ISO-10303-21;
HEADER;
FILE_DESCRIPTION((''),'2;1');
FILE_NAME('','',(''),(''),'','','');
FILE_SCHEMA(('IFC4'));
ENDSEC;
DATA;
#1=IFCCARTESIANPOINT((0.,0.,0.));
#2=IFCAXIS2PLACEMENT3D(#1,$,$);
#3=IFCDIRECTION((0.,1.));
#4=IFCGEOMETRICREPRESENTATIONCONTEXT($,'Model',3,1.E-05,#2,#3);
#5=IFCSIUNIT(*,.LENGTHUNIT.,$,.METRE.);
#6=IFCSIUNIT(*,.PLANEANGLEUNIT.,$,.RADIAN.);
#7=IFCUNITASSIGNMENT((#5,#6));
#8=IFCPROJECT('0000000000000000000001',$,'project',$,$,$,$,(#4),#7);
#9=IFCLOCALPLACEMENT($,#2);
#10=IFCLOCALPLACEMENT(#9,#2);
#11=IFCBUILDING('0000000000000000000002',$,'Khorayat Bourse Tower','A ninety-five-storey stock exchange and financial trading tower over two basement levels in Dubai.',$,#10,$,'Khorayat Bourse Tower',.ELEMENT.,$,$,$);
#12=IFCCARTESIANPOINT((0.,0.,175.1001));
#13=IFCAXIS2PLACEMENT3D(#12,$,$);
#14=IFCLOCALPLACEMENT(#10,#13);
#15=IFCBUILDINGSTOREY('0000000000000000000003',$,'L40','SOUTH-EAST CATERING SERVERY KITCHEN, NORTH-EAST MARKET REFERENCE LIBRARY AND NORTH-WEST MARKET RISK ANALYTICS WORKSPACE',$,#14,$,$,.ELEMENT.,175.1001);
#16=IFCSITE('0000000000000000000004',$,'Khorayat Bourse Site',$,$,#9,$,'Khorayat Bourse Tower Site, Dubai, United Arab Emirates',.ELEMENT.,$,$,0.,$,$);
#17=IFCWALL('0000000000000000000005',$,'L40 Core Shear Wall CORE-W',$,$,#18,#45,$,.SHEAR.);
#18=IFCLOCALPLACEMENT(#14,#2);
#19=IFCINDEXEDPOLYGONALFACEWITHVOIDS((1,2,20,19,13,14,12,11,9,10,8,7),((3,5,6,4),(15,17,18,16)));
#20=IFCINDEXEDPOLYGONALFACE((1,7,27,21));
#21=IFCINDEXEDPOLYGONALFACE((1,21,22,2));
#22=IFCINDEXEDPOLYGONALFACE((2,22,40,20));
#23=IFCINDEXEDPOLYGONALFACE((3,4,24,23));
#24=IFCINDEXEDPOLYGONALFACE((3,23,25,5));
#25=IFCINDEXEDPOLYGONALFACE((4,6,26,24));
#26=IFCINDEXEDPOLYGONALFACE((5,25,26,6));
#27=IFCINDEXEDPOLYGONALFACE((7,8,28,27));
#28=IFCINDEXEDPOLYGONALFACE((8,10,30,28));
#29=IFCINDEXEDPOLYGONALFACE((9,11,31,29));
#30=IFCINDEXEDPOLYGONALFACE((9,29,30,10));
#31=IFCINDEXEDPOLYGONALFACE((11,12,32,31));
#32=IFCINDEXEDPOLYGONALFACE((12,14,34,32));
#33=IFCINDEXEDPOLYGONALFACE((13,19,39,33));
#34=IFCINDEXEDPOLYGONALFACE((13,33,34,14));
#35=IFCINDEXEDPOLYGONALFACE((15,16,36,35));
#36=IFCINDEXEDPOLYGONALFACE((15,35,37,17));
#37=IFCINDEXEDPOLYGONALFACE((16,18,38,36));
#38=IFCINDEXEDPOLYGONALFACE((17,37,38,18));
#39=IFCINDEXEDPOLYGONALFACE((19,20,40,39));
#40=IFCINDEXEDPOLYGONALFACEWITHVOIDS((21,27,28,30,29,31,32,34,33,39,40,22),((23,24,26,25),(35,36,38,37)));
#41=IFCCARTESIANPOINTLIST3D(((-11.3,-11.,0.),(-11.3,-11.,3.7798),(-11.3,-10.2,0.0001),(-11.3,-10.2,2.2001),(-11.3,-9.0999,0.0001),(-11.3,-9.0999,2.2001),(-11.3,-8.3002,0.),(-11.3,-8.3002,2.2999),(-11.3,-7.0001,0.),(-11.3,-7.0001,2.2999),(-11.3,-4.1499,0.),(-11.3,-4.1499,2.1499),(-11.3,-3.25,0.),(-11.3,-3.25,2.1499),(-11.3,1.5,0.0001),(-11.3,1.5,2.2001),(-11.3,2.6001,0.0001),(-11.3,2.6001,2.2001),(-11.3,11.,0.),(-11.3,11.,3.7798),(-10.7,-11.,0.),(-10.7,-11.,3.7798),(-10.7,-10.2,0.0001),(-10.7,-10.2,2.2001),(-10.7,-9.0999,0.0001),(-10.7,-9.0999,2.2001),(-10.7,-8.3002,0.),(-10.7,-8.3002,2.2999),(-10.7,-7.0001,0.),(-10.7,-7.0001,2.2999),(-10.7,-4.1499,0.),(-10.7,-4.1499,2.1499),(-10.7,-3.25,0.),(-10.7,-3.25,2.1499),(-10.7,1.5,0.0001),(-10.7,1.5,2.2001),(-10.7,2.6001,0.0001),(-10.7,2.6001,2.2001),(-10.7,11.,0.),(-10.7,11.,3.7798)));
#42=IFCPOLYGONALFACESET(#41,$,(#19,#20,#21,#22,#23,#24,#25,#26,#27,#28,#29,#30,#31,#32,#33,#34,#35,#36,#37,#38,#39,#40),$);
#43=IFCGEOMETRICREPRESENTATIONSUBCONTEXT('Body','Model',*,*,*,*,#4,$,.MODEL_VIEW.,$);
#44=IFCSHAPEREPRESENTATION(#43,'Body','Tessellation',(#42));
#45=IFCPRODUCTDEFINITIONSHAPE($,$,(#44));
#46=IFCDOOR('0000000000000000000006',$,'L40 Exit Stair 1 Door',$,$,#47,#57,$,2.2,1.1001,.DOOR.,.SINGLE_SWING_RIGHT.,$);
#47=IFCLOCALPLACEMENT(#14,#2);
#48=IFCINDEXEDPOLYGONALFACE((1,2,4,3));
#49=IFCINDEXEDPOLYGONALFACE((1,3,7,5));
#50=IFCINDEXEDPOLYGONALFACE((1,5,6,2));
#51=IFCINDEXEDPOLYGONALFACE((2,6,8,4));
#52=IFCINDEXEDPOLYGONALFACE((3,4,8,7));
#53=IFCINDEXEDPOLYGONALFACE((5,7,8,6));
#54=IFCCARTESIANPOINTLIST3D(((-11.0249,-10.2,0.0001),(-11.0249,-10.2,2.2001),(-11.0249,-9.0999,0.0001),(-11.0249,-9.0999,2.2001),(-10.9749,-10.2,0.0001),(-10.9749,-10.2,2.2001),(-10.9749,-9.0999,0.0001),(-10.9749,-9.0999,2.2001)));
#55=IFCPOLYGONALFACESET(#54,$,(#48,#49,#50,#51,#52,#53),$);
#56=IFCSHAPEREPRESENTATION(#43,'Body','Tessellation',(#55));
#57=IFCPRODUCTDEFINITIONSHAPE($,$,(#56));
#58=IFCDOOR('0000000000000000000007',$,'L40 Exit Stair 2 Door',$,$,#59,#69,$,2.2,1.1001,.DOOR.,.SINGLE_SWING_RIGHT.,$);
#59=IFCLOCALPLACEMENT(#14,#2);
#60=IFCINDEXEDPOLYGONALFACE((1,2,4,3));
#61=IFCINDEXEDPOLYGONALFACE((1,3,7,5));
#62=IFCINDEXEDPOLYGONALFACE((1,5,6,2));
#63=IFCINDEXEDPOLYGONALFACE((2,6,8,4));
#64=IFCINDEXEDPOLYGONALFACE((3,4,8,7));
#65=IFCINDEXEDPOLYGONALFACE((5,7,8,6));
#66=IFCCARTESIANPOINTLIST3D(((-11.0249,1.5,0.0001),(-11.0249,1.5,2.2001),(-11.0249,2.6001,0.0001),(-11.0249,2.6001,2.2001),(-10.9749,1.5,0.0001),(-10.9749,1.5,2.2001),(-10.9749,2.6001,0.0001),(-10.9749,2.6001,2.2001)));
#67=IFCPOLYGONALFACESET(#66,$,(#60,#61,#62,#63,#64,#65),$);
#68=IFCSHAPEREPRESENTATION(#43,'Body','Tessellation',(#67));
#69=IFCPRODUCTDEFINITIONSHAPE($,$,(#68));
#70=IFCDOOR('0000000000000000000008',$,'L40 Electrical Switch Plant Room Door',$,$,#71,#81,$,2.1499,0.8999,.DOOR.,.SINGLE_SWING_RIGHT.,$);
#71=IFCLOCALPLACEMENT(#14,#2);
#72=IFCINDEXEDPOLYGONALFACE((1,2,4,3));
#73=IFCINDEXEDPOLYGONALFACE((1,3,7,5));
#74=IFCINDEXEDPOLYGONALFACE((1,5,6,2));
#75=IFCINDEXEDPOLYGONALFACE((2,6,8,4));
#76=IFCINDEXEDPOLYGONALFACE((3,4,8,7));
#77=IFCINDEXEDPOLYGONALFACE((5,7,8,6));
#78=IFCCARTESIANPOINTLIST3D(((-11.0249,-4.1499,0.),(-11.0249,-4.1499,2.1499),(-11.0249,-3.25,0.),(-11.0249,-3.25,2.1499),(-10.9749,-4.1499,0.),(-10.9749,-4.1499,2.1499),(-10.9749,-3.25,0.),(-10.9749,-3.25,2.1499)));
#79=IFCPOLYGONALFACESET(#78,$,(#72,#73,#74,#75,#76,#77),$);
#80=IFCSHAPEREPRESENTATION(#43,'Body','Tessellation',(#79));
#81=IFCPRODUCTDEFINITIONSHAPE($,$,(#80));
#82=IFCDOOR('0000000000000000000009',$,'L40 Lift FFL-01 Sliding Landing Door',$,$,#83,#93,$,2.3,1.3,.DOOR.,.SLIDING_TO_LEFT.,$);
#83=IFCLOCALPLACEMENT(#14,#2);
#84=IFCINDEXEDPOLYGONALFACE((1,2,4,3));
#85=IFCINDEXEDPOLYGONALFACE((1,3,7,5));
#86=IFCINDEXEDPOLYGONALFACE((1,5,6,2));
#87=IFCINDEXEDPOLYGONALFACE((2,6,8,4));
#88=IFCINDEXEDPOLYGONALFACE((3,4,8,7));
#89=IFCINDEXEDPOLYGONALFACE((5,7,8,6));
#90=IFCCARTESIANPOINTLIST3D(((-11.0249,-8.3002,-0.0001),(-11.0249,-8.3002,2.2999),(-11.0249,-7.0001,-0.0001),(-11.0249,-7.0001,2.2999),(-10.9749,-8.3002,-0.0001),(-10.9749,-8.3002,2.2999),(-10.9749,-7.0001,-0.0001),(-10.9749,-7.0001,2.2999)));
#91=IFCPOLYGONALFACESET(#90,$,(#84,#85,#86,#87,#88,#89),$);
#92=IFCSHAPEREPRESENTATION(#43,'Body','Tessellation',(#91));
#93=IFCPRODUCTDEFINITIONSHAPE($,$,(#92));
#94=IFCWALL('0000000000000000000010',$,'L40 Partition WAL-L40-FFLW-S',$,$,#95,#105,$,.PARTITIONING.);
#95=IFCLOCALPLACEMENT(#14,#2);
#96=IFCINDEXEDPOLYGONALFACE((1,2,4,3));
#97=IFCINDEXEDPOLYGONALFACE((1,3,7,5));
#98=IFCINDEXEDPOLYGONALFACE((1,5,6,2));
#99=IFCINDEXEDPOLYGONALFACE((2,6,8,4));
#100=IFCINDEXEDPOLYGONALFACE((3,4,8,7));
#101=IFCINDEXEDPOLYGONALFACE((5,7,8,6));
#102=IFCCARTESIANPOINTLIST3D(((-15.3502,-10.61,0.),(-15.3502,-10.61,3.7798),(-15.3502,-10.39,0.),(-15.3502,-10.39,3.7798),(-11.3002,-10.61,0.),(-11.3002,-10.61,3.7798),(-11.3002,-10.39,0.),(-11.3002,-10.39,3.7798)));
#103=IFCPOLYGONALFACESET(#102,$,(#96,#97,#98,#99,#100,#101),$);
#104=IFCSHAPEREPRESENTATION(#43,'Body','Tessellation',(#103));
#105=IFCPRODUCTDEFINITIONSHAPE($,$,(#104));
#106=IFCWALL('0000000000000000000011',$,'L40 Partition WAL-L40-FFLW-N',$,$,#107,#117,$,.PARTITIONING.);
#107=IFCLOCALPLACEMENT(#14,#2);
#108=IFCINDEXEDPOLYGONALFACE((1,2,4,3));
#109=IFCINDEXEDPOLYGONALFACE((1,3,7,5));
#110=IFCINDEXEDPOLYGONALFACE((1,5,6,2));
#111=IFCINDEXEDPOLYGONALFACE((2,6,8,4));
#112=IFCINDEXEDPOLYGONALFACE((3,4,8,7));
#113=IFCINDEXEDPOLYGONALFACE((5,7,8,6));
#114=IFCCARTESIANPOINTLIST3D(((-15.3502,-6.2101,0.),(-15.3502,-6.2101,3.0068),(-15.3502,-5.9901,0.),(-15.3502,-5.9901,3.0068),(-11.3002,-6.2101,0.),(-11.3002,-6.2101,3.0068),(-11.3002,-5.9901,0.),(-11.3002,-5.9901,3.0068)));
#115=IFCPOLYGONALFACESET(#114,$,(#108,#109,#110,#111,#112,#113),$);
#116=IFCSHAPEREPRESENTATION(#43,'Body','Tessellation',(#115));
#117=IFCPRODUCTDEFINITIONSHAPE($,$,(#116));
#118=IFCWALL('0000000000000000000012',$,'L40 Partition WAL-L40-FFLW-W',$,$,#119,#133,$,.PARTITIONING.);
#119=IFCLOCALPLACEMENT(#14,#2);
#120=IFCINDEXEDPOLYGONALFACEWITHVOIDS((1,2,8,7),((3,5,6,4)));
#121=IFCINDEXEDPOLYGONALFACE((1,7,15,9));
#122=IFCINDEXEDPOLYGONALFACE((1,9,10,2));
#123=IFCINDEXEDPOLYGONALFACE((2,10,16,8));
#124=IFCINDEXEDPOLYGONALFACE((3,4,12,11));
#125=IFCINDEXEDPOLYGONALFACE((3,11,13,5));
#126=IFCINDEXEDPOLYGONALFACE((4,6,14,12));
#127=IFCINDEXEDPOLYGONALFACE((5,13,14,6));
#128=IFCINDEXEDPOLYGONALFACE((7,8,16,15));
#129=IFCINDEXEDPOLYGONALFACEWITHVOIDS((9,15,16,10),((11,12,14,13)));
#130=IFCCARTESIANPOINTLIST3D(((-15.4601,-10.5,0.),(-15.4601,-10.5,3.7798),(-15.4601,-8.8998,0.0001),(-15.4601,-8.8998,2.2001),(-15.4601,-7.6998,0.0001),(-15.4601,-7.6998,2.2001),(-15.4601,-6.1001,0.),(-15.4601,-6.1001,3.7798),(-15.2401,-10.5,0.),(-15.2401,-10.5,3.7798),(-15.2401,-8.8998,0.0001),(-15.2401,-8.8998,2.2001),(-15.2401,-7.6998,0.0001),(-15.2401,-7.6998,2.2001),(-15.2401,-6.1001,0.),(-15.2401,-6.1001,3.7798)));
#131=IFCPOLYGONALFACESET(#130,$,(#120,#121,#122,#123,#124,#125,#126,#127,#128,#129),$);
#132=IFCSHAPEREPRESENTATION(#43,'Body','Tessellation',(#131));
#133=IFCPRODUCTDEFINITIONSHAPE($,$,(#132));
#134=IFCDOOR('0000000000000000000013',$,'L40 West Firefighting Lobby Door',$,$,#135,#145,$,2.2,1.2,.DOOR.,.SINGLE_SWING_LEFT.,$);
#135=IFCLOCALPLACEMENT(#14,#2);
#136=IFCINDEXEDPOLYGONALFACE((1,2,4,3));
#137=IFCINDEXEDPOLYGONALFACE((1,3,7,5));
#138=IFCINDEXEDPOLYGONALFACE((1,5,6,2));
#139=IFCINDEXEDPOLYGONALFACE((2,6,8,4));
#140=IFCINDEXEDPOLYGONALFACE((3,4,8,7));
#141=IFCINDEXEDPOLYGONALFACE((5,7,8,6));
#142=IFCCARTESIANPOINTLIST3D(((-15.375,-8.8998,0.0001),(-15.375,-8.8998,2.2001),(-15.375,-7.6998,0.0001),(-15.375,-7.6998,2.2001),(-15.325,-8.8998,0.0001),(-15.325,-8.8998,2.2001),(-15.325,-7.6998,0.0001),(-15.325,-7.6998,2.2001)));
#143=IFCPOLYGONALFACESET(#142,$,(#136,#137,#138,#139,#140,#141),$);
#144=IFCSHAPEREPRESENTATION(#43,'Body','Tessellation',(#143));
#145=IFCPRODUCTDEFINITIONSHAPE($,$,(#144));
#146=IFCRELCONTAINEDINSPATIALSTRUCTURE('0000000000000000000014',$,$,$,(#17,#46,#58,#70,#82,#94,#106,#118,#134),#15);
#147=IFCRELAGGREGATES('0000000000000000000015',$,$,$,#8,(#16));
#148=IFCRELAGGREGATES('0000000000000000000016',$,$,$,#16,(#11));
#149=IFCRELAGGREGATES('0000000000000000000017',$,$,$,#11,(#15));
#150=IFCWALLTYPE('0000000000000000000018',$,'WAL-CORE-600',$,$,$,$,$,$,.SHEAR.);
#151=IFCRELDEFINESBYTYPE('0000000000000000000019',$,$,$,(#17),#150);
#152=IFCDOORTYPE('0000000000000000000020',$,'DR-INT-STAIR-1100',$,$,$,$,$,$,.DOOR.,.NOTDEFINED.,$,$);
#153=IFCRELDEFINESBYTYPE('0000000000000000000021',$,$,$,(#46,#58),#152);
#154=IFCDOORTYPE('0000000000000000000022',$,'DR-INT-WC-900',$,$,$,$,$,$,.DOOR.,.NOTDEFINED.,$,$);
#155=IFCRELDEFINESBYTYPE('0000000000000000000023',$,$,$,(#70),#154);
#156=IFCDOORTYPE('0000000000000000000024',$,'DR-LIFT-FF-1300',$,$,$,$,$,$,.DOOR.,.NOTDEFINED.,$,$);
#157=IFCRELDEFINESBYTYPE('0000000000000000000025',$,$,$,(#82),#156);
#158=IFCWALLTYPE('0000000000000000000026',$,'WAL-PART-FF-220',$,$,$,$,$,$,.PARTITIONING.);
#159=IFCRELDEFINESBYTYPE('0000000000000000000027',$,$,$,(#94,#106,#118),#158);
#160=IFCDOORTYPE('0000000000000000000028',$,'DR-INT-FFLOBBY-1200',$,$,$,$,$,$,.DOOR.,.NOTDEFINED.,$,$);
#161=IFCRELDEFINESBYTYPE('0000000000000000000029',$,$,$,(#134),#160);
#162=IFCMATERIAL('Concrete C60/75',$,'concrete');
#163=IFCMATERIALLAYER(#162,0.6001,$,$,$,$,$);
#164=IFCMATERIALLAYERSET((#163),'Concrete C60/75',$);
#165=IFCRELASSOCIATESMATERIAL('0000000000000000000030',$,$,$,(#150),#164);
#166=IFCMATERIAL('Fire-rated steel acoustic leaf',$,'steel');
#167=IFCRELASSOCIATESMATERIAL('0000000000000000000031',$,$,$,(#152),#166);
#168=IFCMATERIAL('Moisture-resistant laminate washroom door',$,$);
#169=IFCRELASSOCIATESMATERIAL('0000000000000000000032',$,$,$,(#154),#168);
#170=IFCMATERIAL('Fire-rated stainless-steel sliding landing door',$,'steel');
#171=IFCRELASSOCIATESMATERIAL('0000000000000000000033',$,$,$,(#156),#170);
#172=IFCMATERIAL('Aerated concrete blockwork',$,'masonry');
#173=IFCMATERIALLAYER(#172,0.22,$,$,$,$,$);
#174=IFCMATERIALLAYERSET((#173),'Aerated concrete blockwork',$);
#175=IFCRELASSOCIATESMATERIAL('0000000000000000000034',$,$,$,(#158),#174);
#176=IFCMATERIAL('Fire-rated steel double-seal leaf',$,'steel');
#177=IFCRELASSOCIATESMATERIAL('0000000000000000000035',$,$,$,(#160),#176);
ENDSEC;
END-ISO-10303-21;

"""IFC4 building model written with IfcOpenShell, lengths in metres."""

from ifc_helpers import new_model, si_unit, direction, frame, frame_2d, origin, place, context, subcontext, project, spatial, rectangle, extrude, source, transform, mapped, material, layer, layer_set, type_object, element, fill, save


model = new_model("IFC4")

# Units and contexts
model_context = context("Model", 3, precision=1e-05, world=origin(), true_north=direction((0.0, 1.0)))
body_context = subcontext(model_context, "Body", "Model", "MODEL_VIEW")
ifc_project = project(units=[si_unit("LENGTHUNIT", "METRE"), si_unit("PLANEANGLEUNIT", "RADIAN")], contexts=[model_context])

# Site, building, storey
site_placement = place(None, origin())
site = spatial("IfcSite", under=ifc_project, at=site_placement, Name="Khorayat Bourse Site", LongName="Khorayat Bourse Tower Site, Dubai, United Arab Emirates", CompositionType="ELEMENT", RefElevation=0.0)
building_placement = place(site_placement, origin())
building = spatial("IfcBuilding", under=site, at=building_placement, Name="Khorayat Bourse Tower", Description="A ninety-five-storey stock exchange and financial trading tower over two basement levels in Dubai.", LongName="Khorayat Bourse Tower", CompositionType="ELEMENT")
storey_placement = place(building_placement, frame((0.0, 0.0, 175.1001)))
storey = spatial("IfcBuildingStorey", under=building, at=storey_placement, Name="L40", Description="SOUTH-EAST CATERING SERVERY KITCHEN, NORTH-EAST MARKET REFERENCE LIBRARY AND NORTH-WEST MARKET RISK ANALYTICS WORKSPACE", CompositionType="ELEMENT", Elevation=175.1001)

# Shared definitions
ifc_material_1 = material(Name="Concrete C60/75", Category="concrete")

# Wall, openings, doors
ifc_layer_1 = layer(ifc_material_1, 0.6001)
ifc_layer_set_1 = layer_set([ifc_layer_1], Name="Concrete C60/75")
wall_type_1 = type_object("IfcWallType", Name="WAL-CORE-600", PredefinedType="SHEAR", material=ifc_layer_set_1)
shared_shape_1 = source(origin(), body_context, "Body", "SweptSolid", [
    extrude(rectangle(XDim=22.0, YDim=0.6001, at=frame_2d((11.0, 0.0))), origin(), (0.0, 0.0, 1.0), 3.7798),
])
wall_1_placement = place(storey_placement, frame((-11.0, -11.0, 0.0), z_axis=(0.0, 0.0, 1.0), x_axis=(0.0, 1.0, 0.0)))
wall_1 = element("IfcWall", 1, at=wall_1_placement, inside=storey, type_object=wall_type_1, Name="L40 Core Shear Wall CORE-W", PredefinedType="SHEAR", context=body_context, shape_type="MappedRepresentation", body=[
    mapped(shared_shape_1, transform((0.0, 0.0, 0.0), scale=1.0)),
])
shared_shape_2 = source(origin(), body_context, "Body", "SweptSolid", [
    extrude(rectangle(XDim=1.1001, YDim=2.2, at=frame_2d((0.55, 1.1001))), frame((0.0, 0.3101, 0.0), z_axis=(0.0, -1.0, 0.0), x_axis=(1.0, 0.0, 0.0)), (0.0, 0.0, 1.0), 0.6201),
])
opening_1_placement = place(wall_1_placement, frame((0.8, 0.0, 0.0)))
opening_1 = element("IfcOpeningElement", 2, at=opening_1_placement, cuts=wall_1, PredefinedType="OPENING", context=body_context, shape_type="MappedRepresentation", body=[
    mapped(shared_shape_2, transform((0.0, 0.0, 0.0), scale=1.0)),
])
opening_2_placement = place(wall_1_placement, frame((12.5, 0.0, 0.0)))
opening_2 = element("IfcOpeningElement", 3, at=opening_2_placement, cuts=wall_1, PredefinedType="OPENING", context=body_context, shape_type="MappedRepresentation", body=[
    mapped(shared_shape_2, transform((0.0, 0.0, 0.0), scale=1.0)),
])
shared_shape_3 = source(origin(), body_context, "Body", "SweptSolid", [
    extrude(rectangle(XDim=0.8999, YDim=2.1499, at=frame_2d((0.45, 1.075))), frame((0.0, 0.3101, 0.0), z_axis=(0.0, -1.0, 0.0), x_axis=(1.0, 0.0, 0.0)), (0.0, 0.0, 1.0), 0.6201),
])
opening_3_placement = place(wall_1_placement, frame((6.8501, 0.0, 0.0)))
opening_3 = element("IfcOpeningElement", 4, at=opening_3_placement, cuts=wall_1, PredefinedType="OPENING", context=body_context, shape_type="MappedRepresentation", body=[
    mapped(shared_shape_3, transform((0.0, 0.0, 0.0), scale=1.0)),
])
shared_shape_4 = source(origin(), body_context, "Body", "SweptSolid", [
    extrude(rectangle(XDim=1.3, YDim=2.3, at=frame_2d((0.6499, 1.1499))), frame((0.0, 0.3101, 0.0), z_axis=(0.0, -1.0, 0.0), x_axis=(1.0, 0.0, 0.0)), (0.0, 0.0, 1.0), 0.6201),
])
opening_4_placement = place(wall_1_placement, frame((2.7, 0.0, 0.0)))
opening_4 = element("IfcOpeningElement", 5, at=opening_4_placement, cuts=wall_1, PredefinedType="OPENING", context=body_context, shape_type="MappedRepresentation", body=[
    mapped(shared_shape_4, transform((0.0, 0.0, 0.0), scale=1.0)),
])
ifc_material_2 = material(Name="Fire-rated steel acoustic leaf", Category="steel")
door_type_1 = type_object("IfcDoorType", Name="DR-INT-STAIR-1100", OperationType="NOTDEFINED", PredefinedType="DOOR", material=ifc_material_2)
shared_shape_5 = source(origin(), body_context, "Body", "SweptSolid", [
    extrude(rectangle(XDim=1.1001, YDim=2.2, at=frame_2d((0.55, 1.1001))), frame((0.0, 0.0249, 0.0), z_axis=(0.0, -1.0, 0.0), x_axis=(1.0, 0.0, 0.0)), (0.0, 0.0, 1.0), 0.05),
])
door_1_placement = place(opening_1_placement, origin())
door_1 = element("IfcDoor", 6, at=door_1_placement, inside=storey, type_object=door_type_1, Name="L40 Exit Stair 1 Door", OperationType="SINGLE_SWING_RIGHT", OverallHeight=2.2, OverallWidth=1.1001, PredefinedType="DOOR", context=body_context, shape_type="MappedRepresentation", body=[
    mapped(shared_shape_5, transform((0.0, 0.0, 0.0), scale=1.0)),
])
fill(opening_1, door_1)
door_2_placement = place(opening_2_placement, origin())
door_2 = element("IfcDoor", 7, at=door_2_placement, inside=storey, type_object=door_type_1, Name="L40 Exit Stair 2 Door", OperationType="SINGLE_SWING_RIGHT", OverallHeight=2.2, OverallWidth=1.1001, PredefinedType="DOOR", context=body_context, shape_type="MappedRepresentation", body=[
    mapped(shared_shape_5, transform((0.0, 0.0, 0.0), scale=1.0)),
])
fill(opening_2, door_2)
ifc_material_3 = material(Name="Moisture-resistant laminate washroom door")
door_type_2 = type_object("IfcDoorType", Name="DR-INT-WC-900", OperationType="NOTDEFINED", PredefinedType="DOOR", material=ifc_material_3)
shared_shape_6 = source(origin(), body_context, "Body", "SweptSolid", [
    extrude(rectangle(XDim=0.8999, YDim=2.1499, at=frame_2d((0.45, 1.075))), frame((0.0, 0.0249, 0.0), z_axis=(0.0, -1.0, 0.0), x_axis=(1.0, 0.0, 0.0)), (0.0, 0.0, 1.0), 0.05),
])
door_3_placement = place(opening_3_placement, origin())
door_3 = element("IfcDoor", 8, at=door_3_placement, inside=storey, type_object=door_type_2, Name="L40 Electrical Switch Plant Room Door", OperationType="SINGLE_SWING_RIGHT", OverallHeight=2.1499, OverallWidth=0.8999, PredefinedType="DOOR", context=body_context, shape_type="MappedRepresentation", body=[
    mapped(shared_shape_6, transform((0.0, 0.0, 0.0), scale=1.0)),
])
fill(opening_3, door_3)
ifc_material_4 = material(Name="Fire-rated stainless-steel sliding landing door", Category="steel")
door_type_3 = type_object("IfcDoorType", Name="DR-LIFT-FF-1300", OperationType="NOTDEFINED", PredefinedType="DOOR", material=ifc_material_4)
shared_shape_7 = source(origin(), body_context, "Body", "SweptSolid", [
    extrude(rectangle(XDim=1.3, YDim=2.3, at=frame_2d((0.6499, 1.1499))), frame((0.0, 0.0249, 0.0), z_axis=(0.0, -1.0, 0.0), x_axis=(1.0, 0.0, 0.0)), (0.0, 0.0, 1.0), 0.05),
])
door_4_placement = place(opening_4_placement, origin())
door_4 = element("IfcDoor", 9, at=door_4_placement, inside=storey, type_object=door_type_3, Name="L40 Lift FFL-01 Sliding Landing Door", OperationType="SLIDING_TO_LEFT", OverallHeight=2.3, OverallWidth=1.3, PredefinedType="DOOR", context=body_context, shape_type="MappedRepresentation", body=[
    mapped(shared_shape_7, transform((0.0, 0.0, 0.0), scale=1.0)),
])
fill(opening_4, door_4)

# Walls
ifc_material_5 = material(Name="Aerated concrete blockwork", Category="masonry")
ifc_layer_2 = layer(ifc_material_5, 0.22)
ifc_layer_set_2 = layer_set([ifc_layer_2], Name="Aerated concrete blockwork")
wall_type_2 = type_object("IfcWallType", Name="WAL-PART-FF-220", PredefinedType="PARTITIONING", material=ifc_layer_set_2)
shared_shape_8 = source(origin(), body_context, "Body", "SweptSolid", [
    extrude(rectangle(XDim=4.05, YDim=0.22, at=frame_2d((2.0249, 0.0))), origin(), (0.0, 0.0, 1.0), 3.7798),
])
wall_2_placement = place(storey_placement, frame((-15.3501, -10.5, 0.0), z_axis=(0.0, 0.0, 1.0), x_axis=(1.0, 0.0, 0.0)))
element("IfcWall", 10, at=wall_2_placement, inside=storey, type_object=wall_type_2, Name="L40 Partition WAL-L40-FFLW-S", PredefinedType="PARTITIONING", context=body_context, shape_type="MappedRepresentation", body=[
    mapped(shared_shape_8, transform((0.0, 0.0, 0.0), scale=1.0)),
])
shared_shape_9 = source(origin(), body_context, "Body", "SweptSolid", [
    extrude(rectangle(XDim=4.05, YDim=0.22, at=frame_2d((2.0249, 0.0))), origin(), (0.0, 0.0, 1.0), 3.0068),
])
wall_3_placement = place(storey_placement, frame((-15.3501, -6.1001, 0.0), z_axis=(0.0, 0.0, 1.0), x_axis=(1.0, 0.0, 0.0)))
element("IfcWall", 11, at=wall_3_placement, inside=storey, type_object=wall_type_2, Name="L40 Partition WAL-L40-FFLW-N", PredefinedType="PARTITIONING", context=body_context, shape_type="MappedRepresentation", body=[
    mapped(shared_shape_9, transform((0.0, 0.0, 0.0), scale=1.0)),
])

# Wall, opening, door
shared_shape_10 = source(origin(), body_context, "Body", "SweptSolid", [
    extrude(rectangle(XDim=4.3999, YDim=0.22, at=frame_2d((2.2, 0.0))), origin(), (0.0, 0.0, 1.0), 3.7798),
])
wall_4_placement = place(storey_placement, frame((-15.3501, -10.5, 0.0), z_axis=(0.0, 0.0, 1.0), x_axis=(0.0, 1.0, 0.0)))
wall_4 = element("IfcWall", 12, at=wall_4_placement, inside=storey, type_object=wall_type_2, Name="L40 Partition WAL-L40-FFLW-W", PredefinedType="PARTITIONING", context=body_context, shape_type="MappedRepresentation", body=[
    mapped(shared_shape_10, transform((0.0, 0.0, 0.0), scale=1.0)),
])
shared_shape_11 = source(origin(), body_context, "Body", "SweptSolid", [
    extrude(rectangle(XDim=1.2, YDim=2.2, at=frame_2d((0.6001, 1.1001))), frame((0.0, 0.1199, 0.0), z_axis=(0.0, -1.0, 0.0), x_axis=(1.0, 0.0, 0.0)), (0.0, 0.0, 1.0), 0.24),
])
opening_5_placement = place(wall_4_placement, frame((1.6001, 0.0, 0.0)))
opening_5 = element("IfcOpeningElement", 13, at=opening_5_placement, cuts=wall_4, PredefinedType="OPENING", context=body_context, shape_type="MappedRepresentation", body=[
    mapped(shared_shape_11, transform((0.0, 0.0, 0.0), scale=1.0)),
])
ifc_material_6 = material(Name="Fire-rated steel double-seal leaf", Category="steel")
door_type_4 = type_object("IfcDoorType", Name="DR-INT-FFLOBBY-1200", OperationType="NOTDEFINED", PredefinedType="DOOR", material=ifc_material_6)
shared_shape_12 = source(origin(), body_context, "Body", "SweptSolid", [
    extrude(rectangle(XDim=1.2, YDim=2.2, at=frame_2d((0.6001, 1.1001))), frame((0.0, 0.0249, 0.0), z_axis=(0.0, -1.0, 0.0), x_axis=(1.0, 0.0, 0.0)), (0.0, 0.0, 1.0), 0.05),
])
door_5_placement = place(opening_5_placement, origin())
door_5 = element("IfcDoor", 14, at=door_5_placement, inside=storey, type_object=door_type_4, Name="L40 West Firefighting Lobby Door", OperationType="SINGLE_SWING_LEFT", OverallHeight=2.2, OverallWidth=1.2, PredefinedType="DOOR", context=body_context, shape_type="MappedRepresentation", body=[
    mapped(shared_shape_12, transform((0.0, 0.0, 0.0), scale=1.0)),
])
fill(opening_5, door_5)

save(model, "model.ifc")
